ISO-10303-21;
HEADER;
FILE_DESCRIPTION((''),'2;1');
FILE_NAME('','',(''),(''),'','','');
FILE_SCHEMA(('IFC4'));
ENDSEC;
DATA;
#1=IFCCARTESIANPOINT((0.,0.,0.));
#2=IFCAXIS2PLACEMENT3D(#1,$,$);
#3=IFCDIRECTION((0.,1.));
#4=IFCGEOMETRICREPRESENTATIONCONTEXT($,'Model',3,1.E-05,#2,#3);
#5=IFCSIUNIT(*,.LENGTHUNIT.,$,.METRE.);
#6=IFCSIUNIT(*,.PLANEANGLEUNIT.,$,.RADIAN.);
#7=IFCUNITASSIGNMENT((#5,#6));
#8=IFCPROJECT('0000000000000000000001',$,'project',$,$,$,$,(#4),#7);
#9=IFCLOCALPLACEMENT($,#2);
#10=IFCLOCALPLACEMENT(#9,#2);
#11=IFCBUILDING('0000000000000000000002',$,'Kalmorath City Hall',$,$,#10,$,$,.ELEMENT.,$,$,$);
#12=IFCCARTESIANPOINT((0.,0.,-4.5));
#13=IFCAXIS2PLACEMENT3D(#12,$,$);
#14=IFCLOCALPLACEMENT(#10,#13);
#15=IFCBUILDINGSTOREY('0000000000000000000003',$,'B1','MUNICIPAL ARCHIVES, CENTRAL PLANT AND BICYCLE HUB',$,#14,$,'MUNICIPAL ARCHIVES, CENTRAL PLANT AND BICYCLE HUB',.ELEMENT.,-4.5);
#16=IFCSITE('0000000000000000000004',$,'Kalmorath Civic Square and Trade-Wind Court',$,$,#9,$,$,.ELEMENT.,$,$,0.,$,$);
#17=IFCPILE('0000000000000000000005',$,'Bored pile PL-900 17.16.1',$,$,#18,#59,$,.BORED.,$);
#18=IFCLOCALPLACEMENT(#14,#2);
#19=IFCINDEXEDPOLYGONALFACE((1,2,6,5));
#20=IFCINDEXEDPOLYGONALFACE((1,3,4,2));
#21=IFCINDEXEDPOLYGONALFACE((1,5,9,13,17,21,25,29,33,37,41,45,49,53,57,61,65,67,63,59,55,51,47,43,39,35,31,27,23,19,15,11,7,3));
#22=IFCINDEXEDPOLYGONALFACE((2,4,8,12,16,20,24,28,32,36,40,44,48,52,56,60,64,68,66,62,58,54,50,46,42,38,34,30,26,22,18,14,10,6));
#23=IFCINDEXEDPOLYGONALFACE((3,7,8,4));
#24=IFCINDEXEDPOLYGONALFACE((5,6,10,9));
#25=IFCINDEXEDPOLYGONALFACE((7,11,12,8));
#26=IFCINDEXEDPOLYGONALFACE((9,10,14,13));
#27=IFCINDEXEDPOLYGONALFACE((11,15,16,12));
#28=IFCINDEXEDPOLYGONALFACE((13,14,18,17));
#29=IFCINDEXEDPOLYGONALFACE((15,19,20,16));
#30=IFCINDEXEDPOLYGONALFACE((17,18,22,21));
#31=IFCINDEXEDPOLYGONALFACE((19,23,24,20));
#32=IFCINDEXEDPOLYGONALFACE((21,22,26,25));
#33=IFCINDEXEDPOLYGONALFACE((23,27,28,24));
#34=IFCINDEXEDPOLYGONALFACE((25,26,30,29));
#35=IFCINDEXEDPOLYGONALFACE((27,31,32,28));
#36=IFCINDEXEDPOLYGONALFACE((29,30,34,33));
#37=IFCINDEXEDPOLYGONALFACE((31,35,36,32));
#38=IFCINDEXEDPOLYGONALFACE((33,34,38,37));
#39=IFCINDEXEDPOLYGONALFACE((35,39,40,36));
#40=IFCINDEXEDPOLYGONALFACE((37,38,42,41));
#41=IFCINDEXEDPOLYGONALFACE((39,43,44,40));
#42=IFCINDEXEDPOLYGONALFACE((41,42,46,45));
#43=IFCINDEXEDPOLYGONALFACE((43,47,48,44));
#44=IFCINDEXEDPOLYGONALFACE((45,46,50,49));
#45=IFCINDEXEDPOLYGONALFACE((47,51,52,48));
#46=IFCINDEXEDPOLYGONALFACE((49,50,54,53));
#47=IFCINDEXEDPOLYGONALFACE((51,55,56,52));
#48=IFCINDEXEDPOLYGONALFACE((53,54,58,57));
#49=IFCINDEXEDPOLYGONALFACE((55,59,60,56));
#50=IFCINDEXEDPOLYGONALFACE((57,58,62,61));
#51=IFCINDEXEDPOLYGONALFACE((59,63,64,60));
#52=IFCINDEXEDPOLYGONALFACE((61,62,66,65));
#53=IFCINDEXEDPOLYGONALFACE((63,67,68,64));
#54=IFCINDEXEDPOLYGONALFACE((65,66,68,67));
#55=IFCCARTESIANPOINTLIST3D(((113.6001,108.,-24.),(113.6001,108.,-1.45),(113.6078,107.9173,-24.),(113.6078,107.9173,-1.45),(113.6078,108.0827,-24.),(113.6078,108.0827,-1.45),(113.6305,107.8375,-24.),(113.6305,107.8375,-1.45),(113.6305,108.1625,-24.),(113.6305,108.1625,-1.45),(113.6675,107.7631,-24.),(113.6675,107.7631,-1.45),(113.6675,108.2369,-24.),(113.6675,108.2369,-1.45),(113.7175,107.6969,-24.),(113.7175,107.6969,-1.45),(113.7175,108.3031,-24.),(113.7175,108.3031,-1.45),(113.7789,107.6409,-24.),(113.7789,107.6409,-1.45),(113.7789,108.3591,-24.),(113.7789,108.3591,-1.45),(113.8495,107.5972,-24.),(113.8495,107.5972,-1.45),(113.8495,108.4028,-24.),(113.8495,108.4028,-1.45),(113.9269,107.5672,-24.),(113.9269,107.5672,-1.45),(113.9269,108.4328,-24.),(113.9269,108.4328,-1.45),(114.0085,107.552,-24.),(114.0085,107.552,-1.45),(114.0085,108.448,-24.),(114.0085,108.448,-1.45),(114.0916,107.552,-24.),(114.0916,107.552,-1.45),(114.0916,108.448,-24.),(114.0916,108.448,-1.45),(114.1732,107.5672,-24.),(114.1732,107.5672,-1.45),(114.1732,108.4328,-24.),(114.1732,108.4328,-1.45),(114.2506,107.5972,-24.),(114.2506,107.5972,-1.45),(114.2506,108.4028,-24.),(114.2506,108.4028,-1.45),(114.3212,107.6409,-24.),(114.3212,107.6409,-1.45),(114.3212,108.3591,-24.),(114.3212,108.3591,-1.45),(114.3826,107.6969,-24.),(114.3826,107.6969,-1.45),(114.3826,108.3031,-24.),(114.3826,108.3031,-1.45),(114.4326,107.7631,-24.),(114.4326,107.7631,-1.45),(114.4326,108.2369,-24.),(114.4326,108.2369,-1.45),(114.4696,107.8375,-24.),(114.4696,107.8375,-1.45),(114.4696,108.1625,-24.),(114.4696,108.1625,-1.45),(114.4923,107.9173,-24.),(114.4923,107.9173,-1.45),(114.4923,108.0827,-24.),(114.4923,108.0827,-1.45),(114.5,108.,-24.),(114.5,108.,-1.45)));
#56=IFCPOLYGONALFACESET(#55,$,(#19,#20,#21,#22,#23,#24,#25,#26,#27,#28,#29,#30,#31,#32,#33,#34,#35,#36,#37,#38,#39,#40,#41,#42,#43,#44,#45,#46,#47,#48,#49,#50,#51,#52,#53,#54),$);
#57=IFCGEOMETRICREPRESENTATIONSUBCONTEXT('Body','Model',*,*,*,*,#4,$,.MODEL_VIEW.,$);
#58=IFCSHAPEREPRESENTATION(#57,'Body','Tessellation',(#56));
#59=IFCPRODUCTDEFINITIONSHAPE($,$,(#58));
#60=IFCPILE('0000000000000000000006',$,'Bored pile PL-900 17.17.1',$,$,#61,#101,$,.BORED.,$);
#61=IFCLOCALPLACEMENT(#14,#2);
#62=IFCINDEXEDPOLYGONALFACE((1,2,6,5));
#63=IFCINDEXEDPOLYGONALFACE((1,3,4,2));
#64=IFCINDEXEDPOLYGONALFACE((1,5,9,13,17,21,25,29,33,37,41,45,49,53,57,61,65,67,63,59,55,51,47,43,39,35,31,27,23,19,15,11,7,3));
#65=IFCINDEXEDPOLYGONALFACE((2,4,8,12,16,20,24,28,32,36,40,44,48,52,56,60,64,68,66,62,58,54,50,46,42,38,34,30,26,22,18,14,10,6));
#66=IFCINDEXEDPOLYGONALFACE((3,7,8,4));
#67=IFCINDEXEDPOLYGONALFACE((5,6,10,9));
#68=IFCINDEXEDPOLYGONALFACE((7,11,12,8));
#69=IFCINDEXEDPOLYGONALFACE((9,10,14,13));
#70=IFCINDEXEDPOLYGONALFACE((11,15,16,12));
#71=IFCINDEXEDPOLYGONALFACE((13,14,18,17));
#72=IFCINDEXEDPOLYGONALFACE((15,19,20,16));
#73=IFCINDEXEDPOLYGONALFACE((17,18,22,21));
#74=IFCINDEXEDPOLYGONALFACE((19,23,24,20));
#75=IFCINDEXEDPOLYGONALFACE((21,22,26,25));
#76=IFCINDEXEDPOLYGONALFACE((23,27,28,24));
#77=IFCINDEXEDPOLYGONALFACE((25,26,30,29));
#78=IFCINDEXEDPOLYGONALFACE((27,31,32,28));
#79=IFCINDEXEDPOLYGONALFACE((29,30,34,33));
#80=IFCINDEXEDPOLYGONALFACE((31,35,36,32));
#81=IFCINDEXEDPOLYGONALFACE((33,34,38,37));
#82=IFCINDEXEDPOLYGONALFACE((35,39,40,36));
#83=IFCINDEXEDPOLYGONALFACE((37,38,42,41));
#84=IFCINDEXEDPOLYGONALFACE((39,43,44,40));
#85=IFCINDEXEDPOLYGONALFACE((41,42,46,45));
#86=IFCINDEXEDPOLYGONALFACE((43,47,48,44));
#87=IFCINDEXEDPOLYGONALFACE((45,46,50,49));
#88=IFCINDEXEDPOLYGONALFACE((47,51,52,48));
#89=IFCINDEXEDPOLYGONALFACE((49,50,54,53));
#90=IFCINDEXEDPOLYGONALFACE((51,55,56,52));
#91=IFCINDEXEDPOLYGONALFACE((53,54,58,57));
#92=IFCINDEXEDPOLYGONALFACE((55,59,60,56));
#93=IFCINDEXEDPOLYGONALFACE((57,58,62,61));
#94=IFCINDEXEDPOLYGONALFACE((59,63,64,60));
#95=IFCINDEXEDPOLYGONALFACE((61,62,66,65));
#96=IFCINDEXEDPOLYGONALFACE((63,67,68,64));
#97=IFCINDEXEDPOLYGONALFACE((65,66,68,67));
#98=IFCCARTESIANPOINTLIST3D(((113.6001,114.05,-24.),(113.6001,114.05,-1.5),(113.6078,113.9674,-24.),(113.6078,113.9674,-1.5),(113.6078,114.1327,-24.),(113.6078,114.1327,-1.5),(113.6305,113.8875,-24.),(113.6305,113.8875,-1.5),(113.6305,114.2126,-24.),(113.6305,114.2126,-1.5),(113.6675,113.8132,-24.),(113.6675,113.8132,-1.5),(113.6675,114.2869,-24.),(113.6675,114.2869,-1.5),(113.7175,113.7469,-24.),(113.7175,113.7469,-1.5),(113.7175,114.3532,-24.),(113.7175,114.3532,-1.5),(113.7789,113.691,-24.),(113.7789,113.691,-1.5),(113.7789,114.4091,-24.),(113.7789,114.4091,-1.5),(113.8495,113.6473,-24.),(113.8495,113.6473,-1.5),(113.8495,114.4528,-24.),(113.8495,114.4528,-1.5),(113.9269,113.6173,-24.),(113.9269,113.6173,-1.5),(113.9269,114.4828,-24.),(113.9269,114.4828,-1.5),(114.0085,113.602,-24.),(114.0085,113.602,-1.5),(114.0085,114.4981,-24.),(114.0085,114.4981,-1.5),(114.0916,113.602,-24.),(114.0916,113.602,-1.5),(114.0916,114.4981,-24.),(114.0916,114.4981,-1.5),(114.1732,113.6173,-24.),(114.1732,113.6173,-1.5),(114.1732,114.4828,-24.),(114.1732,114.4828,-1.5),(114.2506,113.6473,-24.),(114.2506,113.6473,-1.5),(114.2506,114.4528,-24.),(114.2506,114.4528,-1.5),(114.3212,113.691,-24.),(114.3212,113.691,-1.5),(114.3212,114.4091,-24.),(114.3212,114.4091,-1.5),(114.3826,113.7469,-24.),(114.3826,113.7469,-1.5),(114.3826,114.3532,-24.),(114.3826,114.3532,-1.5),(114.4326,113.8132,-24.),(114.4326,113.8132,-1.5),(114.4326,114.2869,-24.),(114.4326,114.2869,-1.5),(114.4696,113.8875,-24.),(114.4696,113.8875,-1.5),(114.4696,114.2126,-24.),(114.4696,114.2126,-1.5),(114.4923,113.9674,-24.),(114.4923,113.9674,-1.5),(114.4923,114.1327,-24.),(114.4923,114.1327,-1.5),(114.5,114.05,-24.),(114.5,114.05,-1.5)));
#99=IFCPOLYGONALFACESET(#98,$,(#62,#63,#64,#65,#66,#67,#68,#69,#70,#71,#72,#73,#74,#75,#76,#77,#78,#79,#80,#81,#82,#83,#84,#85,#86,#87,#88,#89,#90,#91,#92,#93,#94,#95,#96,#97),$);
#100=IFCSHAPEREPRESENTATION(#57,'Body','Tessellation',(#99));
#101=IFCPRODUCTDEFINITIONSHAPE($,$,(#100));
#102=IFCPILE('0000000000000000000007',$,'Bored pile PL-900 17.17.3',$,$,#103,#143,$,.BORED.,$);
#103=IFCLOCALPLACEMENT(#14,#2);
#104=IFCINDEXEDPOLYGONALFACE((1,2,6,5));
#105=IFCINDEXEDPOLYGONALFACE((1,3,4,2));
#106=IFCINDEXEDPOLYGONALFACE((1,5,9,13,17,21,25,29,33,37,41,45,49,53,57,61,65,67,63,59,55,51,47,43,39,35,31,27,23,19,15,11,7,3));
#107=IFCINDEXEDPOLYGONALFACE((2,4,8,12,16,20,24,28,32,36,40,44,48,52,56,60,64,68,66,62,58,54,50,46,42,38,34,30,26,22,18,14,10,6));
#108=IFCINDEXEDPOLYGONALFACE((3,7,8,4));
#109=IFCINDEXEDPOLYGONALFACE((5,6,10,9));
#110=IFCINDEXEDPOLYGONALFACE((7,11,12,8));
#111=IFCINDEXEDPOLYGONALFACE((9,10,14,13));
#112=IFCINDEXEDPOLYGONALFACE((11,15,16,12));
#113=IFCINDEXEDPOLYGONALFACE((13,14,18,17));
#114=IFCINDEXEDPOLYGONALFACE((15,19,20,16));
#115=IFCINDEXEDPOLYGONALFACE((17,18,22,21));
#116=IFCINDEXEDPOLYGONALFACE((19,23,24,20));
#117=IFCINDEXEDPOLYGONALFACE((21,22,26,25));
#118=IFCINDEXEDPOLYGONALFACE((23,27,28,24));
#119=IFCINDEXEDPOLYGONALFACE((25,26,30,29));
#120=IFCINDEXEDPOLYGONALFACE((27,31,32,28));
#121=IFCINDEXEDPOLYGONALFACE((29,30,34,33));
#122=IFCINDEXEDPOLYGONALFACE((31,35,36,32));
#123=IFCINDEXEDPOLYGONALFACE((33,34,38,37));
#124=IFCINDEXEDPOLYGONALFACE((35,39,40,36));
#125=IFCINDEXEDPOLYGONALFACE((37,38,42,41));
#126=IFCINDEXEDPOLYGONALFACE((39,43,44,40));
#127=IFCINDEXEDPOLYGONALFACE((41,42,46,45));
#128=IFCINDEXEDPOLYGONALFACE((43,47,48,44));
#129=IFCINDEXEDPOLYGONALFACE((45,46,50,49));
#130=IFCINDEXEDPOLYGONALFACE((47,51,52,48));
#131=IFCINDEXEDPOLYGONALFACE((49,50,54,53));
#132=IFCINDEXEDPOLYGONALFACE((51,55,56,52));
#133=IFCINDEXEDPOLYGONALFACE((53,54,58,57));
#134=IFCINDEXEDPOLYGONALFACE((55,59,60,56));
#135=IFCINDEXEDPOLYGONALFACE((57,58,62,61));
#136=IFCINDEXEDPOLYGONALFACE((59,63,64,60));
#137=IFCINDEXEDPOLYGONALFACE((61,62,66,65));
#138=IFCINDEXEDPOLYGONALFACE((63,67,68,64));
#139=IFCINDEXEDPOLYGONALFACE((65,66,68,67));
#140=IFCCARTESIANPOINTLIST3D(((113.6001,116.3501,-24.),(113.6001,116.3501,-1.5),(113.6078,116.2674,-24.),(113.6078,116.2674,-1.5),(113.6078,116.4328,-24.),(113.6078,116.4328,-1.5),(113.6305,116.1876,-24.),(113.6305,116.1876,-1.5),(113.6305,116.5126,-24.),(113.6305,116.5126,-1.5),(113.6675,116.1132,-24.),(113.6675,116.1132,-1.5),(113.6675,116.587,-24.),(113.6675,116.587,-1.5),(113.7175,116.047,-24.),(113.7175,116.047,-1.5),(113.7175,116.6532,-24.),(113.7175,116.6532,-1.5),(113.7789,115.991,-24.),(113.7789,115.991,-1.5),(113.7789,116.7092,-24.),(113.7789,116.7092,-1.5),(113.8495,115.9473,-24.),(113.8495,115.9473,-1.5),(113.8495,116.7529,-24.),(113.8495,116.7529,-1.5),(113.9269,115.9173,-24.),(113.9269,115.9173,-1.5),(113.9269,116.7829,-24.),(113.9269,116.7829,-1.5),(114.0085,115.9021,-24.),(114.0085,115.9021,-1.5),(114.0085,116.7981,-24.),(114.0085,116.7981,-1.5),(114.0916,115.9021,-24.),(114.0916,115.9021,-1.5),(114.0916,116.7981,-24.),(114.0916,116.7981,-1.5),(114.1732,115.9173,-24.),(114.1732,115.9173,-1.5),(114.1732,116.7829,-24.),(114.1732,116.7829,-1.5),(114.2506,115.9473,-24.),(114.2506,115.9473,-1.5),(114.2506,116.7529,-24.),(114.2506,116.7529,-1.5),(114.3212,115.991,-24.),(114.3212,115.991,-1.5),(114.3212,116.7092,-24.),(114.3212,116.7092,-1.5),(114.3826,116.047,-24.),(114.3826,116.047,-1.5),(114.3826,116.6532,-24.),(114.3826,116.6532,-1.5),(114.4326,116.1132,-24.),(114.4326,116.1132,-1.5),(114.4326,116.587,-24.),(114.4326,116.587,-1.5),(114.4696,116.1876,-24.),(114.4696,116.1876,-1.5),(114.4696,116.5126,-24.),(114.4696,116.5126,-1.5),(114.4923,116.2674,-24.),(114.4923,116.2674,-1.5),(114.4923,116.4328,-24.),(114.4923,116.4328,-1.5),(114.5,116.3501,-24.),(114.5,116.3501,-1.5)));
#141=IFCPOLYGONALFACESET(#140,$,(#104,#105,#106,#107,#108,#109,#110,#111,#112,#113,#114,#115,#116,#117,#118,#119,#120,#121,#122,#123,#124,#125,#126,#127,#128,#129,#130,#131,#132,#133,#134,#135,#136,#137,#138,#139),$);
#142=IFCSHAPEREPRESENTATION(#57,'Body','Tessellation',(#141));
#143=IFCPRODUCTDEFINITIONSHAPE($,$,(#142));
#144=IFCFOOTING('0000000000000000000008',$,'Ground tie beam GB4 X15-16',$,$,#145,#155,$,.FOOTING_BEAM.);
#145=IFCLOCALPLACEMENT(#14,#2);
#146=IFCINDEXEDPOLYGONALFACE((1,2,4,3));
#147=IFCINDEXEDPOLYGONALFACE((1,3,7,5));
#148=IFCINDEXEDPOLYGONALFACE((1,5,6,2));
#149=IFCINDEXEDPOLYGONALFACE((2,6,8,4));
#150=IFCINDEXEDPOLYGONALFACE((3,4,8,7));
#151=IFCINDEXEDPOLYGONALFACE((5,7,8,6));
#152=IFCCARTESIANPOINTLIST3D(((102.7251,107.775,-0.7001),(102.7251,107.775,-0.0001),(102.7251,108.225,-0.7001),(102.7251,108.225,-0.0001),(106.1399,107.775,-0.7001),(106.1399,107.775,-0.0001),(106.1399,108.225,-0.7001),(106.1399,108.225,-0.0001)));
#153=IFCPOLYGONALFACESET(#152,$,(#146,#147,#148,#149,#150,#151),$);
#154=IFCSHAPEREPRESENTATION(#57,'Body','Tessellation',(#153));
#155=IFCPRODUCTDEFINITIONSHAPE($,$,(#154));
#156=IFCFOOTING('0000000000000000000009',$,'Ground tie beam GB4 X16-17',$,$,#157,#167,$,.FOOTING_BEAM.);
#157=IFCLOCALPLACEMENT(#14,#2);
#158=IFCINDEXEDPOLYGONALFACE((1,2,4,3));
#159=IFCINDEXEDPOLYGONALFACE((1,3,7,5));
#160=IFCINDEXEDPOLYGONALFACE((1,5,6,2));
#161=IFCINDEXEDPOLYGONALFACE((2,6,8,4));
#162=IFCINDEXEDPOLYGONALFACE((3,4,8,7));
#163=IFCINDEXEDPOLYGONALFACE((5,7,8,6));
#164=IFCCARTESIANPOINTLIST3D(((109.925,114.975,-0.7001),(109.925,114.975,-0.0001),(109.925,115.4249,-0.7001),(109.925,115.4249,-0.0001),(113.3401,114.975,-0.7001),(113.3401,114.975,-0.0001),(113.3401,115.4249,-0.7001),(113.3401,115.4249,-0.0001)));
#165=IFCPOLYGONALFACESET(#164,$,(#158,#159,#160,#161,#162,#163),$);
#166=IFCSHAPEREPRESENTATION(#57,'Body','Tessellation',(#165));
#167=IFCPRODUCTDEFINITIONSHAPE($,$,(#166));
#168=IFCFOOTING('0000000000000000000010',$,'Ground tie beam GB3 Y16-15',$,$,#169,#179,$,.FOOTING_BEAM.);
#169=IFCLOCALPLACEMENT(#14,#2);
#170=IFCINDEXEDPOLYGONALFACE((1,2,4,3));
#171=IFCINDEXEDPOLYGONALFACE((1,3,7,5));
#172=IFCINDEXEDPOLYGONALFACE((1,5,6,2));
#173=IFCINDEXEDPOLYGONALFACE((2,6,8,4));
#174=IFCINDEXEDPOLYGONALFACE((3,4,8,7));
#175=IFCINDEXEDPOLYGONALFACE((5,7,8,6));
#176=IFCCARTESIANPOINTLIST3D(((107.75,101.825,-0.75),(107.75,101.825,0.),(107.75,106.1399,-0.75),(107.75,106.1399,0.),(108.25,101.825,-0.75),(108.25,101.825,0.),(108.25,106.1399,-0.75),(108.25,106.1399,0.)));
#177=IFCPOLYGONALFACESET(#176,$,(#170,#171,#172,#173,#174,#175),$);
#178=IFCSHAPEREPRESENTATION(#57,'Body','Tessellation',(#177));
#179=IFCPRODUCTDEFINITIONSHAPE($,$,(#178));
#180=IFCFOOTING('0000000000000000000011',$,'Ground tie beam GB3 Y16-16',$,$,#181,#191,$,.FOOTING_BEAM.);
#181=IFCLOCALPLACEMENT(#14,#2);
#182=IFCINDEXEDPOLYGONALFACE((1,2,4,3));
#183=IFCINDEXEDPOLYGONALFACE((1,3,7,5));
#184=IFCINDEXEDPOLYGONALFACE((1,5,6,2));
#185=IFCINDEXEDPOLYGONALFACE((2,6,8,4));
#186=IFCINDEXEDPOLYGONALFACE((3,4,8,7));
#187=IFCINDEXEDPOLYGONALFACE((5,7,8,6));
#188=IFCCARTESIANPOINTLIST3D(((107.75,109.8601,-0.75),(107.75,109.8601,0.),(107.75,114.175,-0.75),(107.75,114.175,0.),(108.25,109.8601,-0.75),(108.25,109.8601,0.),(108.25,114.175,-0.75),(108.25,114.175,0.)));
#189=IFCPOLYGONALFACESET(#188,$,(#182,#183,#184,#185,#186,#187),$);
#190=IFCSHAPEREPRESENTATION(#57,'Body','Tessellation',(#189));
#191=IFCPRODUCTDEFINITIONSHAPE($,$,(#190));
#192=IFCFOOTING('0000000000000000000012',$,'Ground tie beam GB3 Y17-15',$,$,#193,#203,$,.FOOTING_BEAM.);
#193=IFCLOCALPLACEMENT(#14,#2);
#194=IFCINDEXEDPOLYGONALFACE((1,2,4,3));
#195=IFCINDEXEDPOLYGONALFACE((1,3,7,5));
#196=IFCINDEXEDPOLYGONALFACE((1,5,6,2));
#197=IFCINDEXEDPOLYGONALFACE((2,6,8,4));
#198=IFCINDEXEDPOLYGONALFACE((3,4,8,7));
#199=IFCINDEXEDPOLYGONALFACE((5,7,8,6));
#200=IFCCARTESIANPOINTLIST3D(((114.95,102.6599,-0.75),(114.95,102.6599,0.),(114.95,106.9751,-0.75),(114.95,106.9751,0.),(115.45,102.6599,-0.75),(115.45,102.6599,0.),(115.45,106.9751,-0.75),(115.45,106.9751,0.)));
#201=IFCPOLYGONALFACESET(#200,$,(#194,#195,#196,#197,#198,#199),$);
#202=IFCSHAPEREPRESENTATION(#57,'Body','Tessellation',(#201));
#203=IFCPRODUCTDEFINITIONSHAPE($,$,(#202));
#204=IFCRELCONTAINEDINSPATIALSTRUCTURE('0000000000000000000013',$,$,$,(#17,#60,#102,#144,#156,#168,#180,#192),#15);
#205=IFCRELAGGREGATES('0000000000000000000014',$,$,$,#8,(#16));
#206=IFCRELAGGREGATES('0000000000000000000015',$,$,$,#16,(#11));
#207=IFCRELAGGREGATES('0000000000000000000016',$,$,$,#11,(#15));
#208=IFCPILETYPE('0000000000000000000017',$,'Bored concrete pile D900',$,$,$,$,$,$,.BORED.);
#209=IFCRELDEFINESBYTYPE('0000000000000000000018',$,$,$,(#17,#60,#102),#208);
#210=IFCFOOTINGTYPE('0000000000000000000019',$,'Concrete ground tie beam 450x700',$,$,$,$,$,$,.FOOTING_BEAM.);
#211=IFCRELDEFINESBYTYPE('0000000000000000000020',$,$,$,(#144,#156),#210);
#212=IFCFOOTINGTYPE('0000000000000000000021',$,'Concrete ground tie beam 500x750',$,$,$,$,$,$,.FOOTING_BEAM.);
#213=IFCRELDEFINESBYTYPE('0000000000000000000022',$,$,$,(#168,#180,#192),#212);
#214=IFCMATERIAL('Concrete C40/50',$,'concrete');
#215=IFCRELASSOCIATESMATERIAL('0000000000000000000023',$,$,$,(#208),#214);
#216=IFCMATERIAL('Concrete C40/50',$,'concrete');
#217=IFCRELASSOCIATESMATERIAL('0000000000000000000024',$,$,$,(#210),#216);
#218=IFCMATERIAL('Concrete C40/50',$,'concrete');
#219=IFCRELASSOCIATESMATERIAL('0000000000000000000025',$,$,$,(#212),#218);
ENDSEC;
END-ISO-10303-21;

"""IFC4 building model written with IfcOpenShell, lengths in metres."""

from ifc_helpers import new_model, si_unit, direction, frame, origin, origin_2d, place, context, subcontext, project, spatial, rectangle, circle, extrude, material, material_profile, profile_set, type_object, element, save


model = new_model("IFC4")

# Units and contexts
model_context = context("Model", 3, precision=1e-05, world=origin(), true_north=direction((0.0, 1.0)))
body_context = subcontext(model_context, "Body", "Model", "MODEL_VIEW")
ifc_project = project(units=[si_unit("LENGTHUNIT", "METRE"), si_unit("PLANEANGLEUNIT", "RADIAN")], contexts=[model_context])

# Site, building, storey
site_placement = place(None, origin())
site = spatial("IfcSite", under=ifc_project, at=site_placement, Name="Kalmorath Civic Square and Trade-Wind Court", CompositionType="ELEMENT", RefElevation=0.0)
building_placement = place(site_placement, origin())
building = spatial("IfcBuilding", under=site, at=building_placement, Name="Kalmorath City Hall", CompositionType="ELEMENT")
storey_placement = place(building_placement, frame((0.0, 0.0, -4.5)))
storey = spatial("IfcBuildingStorey", under=building, at=storey_placement, Name="B1", Description="MUNICIPAL ARCHIVES, CENTRAL PLANT AND BICYCLE HUB", LongName="MUNICIPAL ARCHIVES, CENTRAL PLANT AND BICYCLE HUB", CompositionType="ELEMENT", Elevation=-4.5)

# Piles
ifc_material_1 = material(Name="Concrete C40/50", Category="concrete")
ifc_material_profile_1 = material_profile(ifc_material_1, circle(Radius=0.45, at=origin_2d()), Name="PILE-D900")
ifc_profile_set_1 = profile_set([ifc_material_profile_1], Name="Concrete C40/50")
pile_type = type_object("IfcPileType", Name="Bored concrete pile D900", PredefinedType="BORED", material=ifc_profile_set_1)
pile_1_placement = place(storey_placement, frame((114.05, 108.0, -1.45), z_axis=(0.0, 0.0, -1.0), x_axis=(1.0, 0.0, 0.0)))
element("IfcPile", 1, at=pile_1_placement, inside=storey, type_object=pile_type, Name="Bored pile PL-900 17.16.1", PredefinedType="BORED", context=body_context, shape_type="SweptSolid", body=[
    extrude(circle(Radius=0.45, at=origin_2d()), origin(), (0.0, 0.0, 1.0), 22.55),
])
for number, where, z_axis, x_axis, name in (
    (2, (114.05, 114.05, -1.5), (0.0, 0.0, -1.0), (1.0, 0.0, 0.0), "Bored pile PL-900 17.17.1"),
    (3, (114.05, 116.3501, -1.5), (0.0, 0.0, -1.0), (1.0, 0.0, 0.0), "Bored pile PL-900 17.17.3"),
):
    element("IfcPile", number, at=place(storey_placement, frame(where, z_axis=z_axis, x_axis=x_axis)), inside=storey, type_object=pile_type, Name=name, PredefinedType="BORED", context=body_context, shape_type="SweptSolid", body=[
        extrude(circle(Radius=0.45, at=origin_2d()), origin(), (0.0, 0.0, 1.0), 22.5),
    ])

# Footings
ifc_material_2 = material(Name="Concrete C40/50", Category="concrete")
ifc_material_profile_2 = material_profile(ifc_material_2, rectangle(XDim=0.45, YDim=0.7, at=origin_2d()), Name="RC-BM-450X700")
ifc_profile_set_2 = profile_set([ifc_material_profile_2], Name="Concrete C40/50")
footing_type_1 = type_object("IfcFootingType", Name="Concrete ground tie beam 450x700", PredefinedType="FOOTING_BEAM", material=ifc_profile_set_2)
footing_1_placement = place(storey_placement, frame((102.7251, 108.0, -0.3501), z_axis=(1.0, 0.0, 0.0), x_axis=(0.0, 1.0, 0.0)))
element("IfcFooting", 4, at=footing_1_placement, inside=storey, type_object=footing_type_1, Name="Ground tie beam GB4 X15-16", PredefinedType="FOOTING_BEAM", context=body_context, shape_type="SweptSolid", body=[
    extrude(rectangle(XDim=0.45, YDim=0.7, at=origin_2d()), origin(), (0.0, 0.0, 1.0), 3.4148),
])
footing_2_placement = place(storey_placement, frame((109.925, 115.2, -0.3501), z_axis=(1.0, 0.0, 0.0), x_axis=(0.0, 1.0, 0.0)))
element("IfcFooting", 5, at=footing_2_placement, inside=storey, type_object=footing_type_1, Name="Ground tie beam GB4 X16-17", PredefinedType="FOOTING_BEAM", context=body_context, shape_type="SweptSolid", body=[
    extrude(rectangle(XDim=0.45, YDim=0.7, at=origin_2d()), origin(), (0.0, 0.0, 1.0), 3.415),
])
ifc_material_3 = material(Name="Concrete C40/50", Category="concrete")
ifc_material_profile_3 = material_profile(ifc_material_3, rectangle(XDim=0.5, YDim=0.75, at=origin_2d()), Name="RC-BM-500X750")
ifc_profile_set_3 = profile_set([ifc_material_profile_3], Name="Concrete C40/50")
footing_type_2 = type_object("IfcFootingType", Name="Concrete ground tie beam 500x750", PredefinedType="FOOTING_BEAM", material=ifc_profile_set_3)
for number, where, z_axis, x_axis, name in (
    (6, (108.0, 101.825, -0.375), (0.0, 1.0, 0.0), (-1.0, 0.0, 0.0), "Ground tie beam GB3 Y16-15"),
    (7, (108.0, 109.8601, -0.375), (0.0, 1.0, 0.0), (-1.0, 0.0, 0.0), "Ground tie beam GB3 Y16-16"),
):
    element("IfcFooting", number, at=place(storey_placement, frame(where, z_axis=z_axis, x_axis=x_axis)), inside=storey, type_object=footing_type_2, Name=name, PredefinedType="FOOTING_BEAM", context=body_context, shape_type="SweptSolid", body=[
        extrude(rectangle(XDim=0.5, YDim=0.75, at=origin_2d()), origin(), (0.0, 0.0, 1.0), 4.3149),
    ])
for number, where, z_axis, x_axis, name in (
    (8, (115.2, 102.6599, -0.375), (0.0, 1.0, 0.0), (-1.0, 0.0, 0.0), "Ground tie beam GB3 Y17-15"),
):
    element("IfcFooting", number, at=place(storey_placement, frame(where, z_axis=z_axis, x_axis=x_axis)), inside=storey, type_object=footing_type_2, Name=name, PredefinedType="FOOTING_BEAM", context=body_context, shape_type="SweptSolid", body=[
        extrude(rectangle(XDim=0.5, YDim=0.75, at=origin_2d()), origin(), (0.0, 0.0, 1.0), 4.3152),
    ])

save(model, "model.ifc")
